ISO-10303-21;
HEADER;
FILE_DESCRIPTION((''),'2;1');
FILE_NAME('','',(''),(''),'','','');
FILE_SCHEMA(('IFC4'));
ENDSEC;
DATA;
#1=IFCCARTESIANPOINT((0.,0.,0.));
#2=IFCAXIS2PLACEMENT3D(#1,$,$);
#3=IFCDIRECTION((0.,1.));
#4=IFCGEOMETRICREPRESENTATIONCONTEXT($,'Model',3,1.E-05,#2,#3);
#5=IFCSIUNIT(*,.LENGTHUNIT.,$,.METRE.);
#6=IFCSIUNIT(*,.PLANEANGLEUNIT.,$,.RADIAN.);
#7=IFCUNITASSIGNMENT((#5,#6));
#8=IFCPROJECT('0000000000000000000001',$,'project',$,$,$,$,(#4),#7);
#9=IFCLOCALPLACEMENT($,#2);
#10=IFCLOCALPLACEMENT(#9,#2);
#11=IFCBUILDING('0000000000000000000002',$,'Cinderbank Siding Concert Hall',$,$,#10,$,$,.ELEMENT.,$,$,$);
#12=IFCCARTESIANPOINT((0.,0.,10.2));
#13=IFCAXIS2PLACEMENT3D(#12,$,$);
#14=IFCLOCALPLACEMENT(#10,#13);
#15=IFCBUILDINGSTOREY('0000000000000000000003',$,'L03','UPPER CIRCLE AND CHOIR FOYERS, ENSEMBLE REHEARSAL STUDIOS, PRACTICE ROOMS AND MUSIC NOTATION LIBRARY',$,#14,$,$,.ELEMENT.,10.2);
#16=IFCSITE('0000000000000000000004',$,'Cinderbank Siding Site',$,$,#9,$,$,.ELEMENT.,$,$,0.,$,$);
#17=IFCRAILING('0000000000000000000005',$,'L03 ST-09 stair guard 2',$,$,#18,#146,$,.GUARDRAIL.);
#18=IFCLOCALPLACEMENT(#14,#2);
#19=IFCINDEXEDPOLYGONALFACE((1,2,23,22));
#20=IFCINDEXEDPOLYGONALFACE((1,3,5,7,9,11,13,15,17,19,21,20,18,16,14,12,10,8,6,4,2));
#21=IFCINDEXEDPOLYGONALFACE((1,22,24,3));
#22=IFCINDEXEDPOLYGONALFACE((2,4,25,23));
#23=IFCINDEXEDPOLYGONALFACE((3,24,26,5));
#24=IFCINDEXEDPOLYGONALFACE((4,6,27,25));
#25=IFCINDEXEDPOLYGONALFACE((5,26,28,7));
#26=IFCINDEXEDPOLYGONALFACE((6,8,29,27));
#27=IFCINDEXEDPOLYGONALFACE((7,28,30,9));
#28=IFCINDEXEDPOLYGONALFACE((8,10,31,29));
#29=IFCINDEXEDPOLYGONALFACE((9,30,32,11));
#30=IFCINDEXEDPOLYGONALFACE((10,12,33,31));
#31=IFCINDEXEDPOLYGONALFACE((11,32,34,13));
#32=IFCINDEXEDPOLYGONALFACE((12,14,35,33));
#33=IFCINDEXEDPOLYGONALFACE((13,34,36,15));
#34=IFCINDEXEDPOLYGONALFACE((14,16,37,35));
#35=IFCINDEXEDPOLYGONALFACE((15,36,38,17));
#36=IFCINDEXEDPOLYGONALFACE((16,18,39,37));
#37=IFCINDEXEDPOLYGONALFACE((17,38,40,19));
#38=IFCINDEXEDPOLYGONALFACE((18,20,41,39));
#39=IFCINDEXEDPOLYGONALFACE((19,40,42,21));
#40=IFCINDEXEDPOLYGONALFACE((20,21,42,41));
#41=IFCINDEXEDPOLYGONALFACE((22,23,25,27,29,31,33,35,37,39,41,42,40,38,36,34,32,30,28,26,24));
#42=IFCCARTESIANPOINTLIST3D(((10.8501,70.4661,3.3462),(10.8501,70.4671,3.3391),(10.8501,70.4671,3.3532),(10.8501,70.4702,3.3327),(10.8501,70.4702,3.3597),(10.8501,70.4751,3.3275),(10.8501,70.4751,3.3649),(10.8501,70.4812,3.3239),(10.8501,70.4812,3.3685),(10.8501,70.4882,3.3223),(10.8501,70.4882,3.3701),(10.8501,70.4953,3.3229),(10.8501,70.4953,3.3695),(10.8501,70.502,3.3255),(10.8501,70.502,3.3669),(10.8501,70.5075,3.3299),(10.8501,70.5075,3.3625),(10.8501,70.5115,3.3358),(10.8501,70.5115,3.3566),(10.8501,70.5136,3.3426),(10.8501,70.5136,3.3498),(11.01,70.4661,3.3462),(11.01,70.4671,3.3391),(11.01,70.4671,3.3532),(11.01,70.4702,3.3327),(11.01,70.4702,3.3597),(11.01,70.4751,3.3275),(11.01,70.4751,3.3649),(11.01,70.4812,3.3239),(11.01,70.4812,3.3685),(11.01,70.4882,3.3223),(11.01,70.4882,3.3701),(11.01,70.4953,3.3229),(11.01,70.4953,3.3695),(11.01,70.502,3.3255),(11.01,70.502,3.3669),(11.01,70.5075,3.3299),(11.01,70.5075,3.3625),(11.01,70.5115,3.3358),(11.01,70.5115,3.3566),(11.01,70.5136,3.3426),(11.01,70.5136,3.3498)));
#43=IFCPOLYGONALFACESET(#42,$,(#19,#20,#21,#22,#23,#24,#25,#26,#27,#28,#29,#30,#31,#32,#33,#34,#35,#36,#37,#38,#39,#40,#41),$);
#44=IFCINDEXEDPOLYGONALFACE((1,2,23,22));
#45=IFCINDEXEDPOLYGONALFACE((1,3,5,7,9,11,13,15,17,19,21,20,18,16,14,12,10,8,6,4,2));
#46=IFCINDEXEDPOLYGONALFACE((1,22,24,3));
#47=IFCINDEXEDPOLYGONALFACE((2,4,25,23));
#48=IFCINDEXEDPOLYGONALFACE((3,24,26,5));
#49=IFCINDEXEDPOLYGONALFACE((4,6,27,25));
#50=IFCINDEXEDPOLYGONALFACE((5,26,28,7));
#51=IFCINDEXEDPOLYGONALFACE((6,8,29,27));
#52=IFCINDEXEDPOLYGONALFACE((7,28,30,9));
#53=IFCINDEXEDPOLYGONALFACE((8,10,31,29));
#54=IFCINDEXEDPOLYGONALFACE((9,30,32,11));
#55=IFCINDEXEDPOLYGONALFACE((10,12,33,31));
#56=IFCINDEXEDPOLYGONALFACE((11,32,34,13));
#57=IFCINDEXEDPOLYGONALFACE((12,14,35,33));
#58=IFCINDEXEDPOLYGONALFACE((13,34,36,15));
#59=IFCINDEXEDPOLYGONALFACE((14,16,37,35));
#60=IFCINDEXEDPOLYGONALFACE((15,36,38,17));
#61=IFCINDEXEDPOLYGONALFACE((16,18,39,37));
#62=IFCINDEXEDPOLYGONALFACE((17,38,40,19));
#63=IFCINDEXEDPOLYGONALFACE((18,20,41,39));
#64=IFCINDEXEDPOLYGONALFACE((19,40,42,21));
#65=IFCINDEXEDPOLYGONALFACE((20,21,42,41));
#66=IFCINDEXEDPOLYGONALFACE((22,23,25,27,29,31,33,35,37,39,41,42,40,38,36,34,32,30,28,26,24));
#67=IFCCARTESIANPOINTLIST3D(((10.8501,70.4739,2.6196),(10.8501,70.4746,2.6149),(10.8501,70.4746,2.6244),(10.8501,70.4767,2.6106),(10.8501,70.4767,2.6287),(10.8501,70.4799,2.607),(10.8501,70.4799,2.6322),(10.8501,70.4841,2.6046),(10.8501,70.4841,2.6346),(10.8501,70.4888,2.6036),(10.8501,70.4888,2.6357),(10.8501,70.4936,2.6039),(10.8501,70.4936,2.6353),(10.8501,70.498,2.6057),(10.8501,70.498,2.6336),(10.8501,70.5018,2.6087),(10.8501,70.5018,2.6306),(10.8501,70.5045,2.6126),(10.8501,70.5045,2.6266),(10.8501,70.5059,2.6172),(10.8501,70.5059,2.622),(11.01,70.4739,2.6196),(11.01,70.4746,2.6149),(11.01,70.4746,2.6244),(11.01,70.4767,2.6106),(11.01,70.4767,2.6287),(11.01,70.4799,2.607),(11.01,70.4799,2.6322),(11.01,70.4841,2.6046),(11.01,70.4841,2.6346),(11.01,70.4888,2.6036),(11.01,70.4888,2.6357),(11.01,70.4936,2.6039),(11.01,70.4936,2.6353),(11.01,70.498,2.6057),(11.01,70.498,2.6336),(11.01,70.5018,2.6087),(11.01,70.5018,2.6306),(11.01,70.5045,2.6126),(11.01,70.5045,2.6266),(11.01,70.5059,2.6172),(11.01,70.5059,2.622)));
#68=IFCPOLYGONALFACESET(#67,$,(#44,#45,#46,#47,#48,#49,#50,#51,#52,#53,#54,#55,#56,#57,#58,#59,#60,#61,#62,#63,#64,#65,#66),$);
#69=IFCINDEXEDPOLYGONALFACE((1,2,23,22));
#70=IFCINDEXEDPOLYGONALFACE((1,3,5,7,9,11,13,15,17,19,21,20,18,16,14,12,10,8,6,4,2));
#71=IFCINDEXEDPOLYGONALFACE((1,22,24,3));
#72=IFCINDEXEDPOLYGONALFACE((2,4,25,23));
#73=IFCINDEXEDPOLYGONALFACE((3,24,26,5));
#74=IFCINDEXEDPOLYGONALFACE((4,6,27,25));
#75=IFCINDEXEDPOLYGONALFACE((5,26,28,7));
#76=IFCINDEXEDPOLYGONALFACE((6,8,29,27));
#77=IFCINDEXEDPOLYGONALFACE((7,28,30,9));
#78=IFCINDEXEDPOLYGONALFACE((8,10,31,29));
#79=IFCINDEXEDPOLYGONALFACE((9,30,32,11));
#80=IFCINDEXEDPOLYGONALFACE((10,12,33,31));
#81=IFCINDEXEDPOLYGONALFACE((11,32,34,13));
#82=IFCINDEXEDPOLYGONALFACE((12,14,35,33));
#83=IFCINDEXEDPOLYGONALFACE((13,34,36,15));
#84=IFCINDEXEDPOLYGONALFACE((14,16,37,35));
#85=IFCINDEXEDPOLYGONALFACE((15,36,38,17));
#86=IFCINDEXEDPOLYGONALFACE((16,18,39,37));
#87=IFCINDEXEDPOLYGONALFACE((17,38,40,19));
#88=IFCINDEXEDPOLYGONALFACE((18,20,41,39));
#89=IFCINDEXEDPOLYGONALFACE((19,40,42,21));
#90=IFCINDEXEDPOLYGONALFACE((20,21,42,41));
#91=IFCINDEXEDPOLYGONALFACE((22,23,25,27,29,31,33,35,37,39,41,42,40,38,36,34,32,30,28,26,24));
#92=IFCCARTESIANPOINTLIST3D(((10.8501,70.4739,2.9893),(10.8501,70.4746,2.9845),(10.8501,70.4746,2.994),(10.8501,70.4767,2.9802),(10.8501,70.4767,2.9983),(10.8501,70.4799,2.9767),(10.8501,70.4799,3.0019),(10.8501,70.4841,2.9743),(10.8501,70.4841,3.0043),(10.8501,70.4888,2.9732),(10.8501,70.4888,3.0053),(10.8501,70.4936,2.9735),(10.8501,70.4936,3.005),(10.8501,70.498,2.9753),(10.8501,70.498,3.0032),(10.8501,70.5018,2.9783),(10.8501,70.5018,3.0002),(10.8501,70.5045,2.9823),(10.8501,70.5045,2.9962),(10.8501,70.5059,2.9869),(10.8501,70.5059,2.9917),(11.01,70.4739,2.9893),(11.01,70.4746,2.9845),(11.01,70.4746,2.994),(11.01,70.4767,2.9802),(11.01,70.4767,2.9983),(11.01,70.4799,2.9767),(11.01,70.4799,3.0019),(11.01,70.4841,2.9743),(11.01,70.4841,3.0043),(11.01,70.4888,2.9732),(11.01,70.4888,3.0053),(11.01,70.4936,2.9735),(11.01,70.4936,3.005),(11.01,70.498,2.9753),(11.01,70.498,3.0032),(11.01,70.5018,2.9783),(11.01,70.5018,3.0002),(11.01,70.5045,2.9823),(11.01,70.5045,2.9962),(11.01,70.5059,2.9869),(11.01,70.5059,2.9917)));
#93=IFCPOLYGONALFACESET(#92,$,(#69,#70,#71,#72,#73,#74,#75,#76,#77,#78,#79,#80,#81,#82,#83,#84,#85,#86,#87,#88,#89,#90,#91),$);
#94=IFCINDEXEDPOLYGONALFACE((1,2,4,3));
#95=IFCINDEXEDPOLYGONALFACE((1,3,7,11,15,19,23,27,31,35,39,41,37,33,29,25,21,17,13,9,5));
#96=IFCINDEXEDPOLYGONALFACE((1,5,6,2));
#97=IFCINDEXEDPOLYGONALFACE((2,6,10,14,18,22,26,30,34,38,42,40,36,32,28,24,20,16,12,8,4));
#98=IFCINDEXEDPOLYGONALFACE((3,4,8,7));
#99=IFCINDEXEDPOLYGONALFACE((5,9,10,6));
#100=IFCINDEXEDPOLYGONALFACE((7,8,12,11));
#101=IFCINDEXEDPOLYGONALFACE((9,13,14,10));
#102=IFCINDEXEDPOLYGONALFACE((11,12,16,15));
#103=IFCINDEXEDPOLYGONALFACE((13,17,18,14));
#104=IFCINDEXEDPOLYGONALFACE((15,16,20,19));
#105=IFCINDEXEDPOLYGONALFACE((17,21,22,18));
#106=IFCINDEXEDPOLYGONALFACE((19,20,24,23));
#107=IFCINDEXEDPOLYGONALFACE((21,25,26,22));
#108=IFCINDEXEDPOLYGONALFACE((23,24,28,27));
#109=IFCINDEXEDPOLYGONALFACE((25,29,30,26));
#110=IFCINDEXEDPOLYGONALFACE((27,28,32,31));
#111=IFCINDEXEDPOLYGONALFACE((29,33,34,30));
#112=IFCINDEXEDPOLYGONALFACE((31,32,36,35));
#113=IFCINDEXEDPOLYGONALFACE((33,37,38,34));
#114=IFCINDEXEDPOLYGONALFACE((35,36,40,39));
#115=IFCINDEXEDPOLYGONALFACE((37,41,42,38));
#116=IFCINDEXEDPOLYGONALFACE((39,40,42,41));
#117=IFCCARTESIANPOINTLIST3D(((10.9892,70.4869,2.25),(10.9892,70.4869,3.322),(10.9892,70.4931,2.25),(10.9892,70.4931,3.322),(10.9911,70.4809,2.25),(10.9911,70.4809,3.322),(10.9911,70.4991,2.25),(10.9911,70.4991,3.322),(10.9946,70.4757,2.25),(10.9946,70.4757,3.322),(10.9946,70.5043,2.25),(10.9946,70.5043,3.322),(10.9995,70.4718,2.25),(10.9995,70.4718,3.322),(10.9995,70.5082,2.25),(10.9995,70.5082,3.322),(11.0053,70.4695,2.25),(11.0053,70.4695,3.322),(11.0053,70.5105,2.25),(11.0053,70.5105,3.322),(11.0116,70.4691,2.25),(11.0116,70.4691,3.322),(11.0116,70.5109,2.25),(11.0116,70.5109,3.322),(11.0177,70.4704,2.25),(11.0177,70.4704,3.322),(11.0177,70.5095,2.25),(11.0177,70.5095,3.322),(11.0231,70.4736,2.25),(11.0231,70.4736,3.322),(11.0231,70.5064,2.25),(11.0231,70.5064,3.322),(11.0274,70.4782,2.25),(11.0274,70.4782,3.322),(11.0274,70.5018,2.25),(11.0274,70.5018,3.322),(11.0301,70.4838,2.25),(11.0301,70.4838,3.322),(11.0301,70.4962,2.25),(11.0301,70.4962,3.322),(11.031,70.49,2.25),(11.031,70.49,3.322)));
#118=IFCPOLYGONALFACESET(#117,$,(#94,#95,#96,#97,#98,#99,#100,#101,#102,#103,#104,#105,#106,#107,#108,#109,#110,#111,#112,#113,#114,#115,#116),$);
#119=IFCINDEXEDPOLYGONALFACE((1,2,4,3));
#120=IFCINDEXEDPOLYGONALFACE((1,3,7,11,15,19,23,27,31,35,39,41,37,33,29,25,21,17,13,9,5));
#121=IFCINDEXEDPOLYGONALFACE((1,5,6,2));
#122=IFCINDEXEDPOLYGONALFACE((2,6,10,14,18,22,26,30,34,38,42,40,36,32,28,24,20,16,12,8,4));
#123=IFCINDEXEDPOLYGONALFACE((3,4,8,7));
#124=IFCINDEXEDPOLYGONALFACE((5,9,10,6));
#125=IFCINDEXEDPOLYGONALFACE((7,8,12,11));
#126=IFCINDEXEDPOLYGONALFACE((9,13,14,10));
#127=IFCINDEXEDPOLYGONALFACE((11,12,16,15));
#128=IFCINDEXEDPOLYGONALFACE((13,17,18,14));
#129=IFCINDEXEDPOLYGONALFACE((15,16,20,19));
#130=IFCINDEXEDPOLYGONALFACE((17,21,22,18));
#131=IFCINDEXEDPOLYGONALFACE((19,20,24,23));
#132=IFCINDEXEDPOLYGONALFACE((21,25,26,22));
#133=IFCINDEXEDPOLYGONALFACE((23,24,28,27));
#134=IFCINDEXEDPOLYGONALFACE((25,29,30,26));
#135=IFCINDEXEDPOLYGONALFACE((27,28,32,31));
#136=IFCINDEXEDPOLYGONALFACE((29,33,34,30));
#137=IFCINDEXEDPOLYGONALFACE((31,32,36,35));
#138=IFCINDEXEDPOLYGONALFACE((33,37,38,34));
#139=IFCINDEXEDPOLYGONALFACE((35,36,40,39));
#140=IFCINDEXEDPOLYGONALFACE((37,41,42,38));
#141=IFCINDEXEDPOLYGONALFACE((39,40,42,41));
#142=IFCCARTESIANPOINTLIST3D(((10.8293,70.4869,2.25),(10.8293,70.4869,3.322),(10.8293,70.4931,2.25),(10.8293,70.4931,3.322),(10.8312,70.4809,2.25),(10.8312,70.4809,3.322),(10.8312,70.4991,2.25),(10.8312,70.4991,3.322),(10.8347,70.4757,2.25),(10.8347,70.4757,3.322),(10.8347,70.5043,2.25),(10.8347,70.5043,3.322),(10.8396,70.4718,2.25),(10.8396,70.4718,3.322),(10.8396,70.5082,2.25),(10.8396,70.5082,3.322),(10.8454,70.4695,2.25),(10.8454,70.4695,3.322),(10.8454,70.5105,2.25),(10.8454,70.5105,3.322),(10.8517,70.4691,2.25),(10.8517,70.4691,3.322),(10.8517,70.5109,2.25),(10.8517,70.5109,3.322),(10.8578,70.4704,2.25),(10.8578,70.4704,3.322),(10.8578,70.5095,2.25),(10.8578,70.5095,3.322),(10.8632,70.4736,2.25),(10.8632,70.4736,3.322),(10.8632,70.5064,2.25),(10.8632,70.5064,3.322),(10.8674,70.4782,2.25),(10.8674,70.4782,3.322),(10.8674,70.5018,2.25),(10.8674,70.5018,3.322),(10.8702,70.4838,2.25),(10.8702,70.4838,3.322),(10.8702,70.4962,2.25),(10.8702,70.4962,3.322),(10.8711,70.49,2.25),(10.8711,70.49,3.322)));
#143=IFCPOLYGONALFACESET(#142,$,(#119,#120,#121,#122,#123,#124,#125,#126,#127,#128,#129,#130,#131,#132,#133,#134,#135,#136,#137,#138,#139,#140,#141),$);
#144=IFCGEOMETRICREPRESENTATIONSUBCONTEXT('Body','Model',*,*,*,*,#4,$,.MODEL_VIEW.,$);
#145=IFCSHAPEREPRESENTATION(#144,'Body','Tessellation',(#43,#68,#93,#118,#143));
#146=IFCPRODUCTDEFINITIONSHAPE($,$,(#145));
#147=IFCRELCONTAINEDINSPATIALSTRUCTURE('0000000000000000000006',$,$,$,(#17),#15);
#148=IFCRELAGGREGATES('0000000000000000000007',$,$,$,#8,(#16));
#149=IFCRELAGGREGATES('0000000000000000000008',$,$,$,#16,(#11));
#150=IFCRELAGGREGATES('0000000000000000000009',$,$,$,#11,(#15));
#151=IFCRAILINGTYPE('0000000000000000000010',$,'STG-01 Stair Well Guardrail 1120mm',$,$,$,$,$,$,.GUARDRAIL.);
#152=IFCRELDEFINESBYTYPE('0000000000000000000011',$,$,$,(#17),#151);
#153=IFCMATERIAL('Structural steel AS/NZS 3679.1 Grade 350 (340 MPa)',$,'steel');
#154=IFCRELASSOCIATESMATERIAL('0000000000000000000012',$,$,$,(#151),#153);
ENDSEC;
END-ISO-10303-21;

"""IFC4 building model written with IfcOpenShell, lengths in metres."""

from ifc_helpers import new_model, si_unit, direction, frame, origin, origin_2d, place, context, subcontext, project, spatial, circle, extrude, material, type_object, element, save


model = new_model("IFC4")

# Units and contexts
model_context = context("Model", 3, precision=1e-05, world=origin(), true_north=direction((0.0, 1.0)))
body_context = subcontext(model_context, "Body", "Model", "MODEL_VIEW")
ifc_project = project(units=[si_unit("LENGTHUNIT", "METRE"), si_unit("PLANEANGLEUNIT", "RADIAN")], contexts=[model_context])

# Site, building, storey
site_placement = place(None, origin())
site = spatial("IfcSite", under=ifc_project, at=site_placement, Name="Cinderbank Siding Site", CompositionType="ELEMENT", RefElevation=0.0)
building_placement = place(site_placement, origin())
building = spatial("IfcBuilding", under=site, at=building_placement, Name="Cinderbank Siding Concert Hall", CompositionType="ELEMENT")
storey_placement = place(building_placement, frame((0.0, 0.0, 10.2)))
storey = spatial("IfcBuildingStorey", under=building, at=storey_placement, Name="L03", Description="UPPER CIRCLE AND CHOIR FOYERS, ENSEMBLE REHEARSAL STUDIOS, PRACTICE ROOMS AND MUSIC NOTATION LIBRARY", CompositionType="ELEMENT", Elevation=10.2)

# Shared definitions
ifc_material_1 = material(Name="Structural steel AS/NZS 3679.1 Grade 350 (340 MPa)", Category="steel")

# Railing
railing_type_1 = type_object("IfcRailingType", Name="STG-01 Stair Well Guardrail 1120mm", PredefinedType="GUARDRAIL", material=ifc_material_1)
railing_1_placement = place(storey_placement, frame((11.01, 70.49, 2.25)))
element("IfcRailing", 1, at=railing_1_placement, inside=storey, type_object=railing_type_1, Name="L03 ST-09 stair guard 2", PredefinedType="GUARDRAIL", context=body_context, shape_type="SweptSolid", body=[
    extrude(circle(Radius=0.0239, at=origin_2d()), frame((0.0, 0.0, 1.0962), z_axis=(-1.0, 0.0, 0.0), x_axis=(0.0, -1.0, 0.0)), (0.0, 0.0, 1.0), 0.1599),
    extrude(circle(Radius=0.0161, at=origin_2d()), frame((0.0, 0.0, 0.3696), z_axis=(-1.0, 0.0, 0.0), x_axis=(0.0, -1.0, 0.0)), (0.0, 0.0, 1.0), 0.1599),
    extrude(circle(Radius=0.0161, at=origin_2d()), frame((0.0, 0.0, 0.7393), z_axis=(-1.0, 0.0, 0.0), x_axis=(0.0, -1.0, 0.0)), (0.0, 0.0, 1.0), 0.1599),
    extrude(circle(Radius=0.021, at=origin_2d()), origin(), (0.0, 0.0, 1.0), 1.072),
    extrude(circle(Radius=0.021, at=origin_2d()), frame((-0.1599, 0.0, 0.0)), (0.0, 0.0, 1.0), 1.072),
])

save(model, "model.ifc")
